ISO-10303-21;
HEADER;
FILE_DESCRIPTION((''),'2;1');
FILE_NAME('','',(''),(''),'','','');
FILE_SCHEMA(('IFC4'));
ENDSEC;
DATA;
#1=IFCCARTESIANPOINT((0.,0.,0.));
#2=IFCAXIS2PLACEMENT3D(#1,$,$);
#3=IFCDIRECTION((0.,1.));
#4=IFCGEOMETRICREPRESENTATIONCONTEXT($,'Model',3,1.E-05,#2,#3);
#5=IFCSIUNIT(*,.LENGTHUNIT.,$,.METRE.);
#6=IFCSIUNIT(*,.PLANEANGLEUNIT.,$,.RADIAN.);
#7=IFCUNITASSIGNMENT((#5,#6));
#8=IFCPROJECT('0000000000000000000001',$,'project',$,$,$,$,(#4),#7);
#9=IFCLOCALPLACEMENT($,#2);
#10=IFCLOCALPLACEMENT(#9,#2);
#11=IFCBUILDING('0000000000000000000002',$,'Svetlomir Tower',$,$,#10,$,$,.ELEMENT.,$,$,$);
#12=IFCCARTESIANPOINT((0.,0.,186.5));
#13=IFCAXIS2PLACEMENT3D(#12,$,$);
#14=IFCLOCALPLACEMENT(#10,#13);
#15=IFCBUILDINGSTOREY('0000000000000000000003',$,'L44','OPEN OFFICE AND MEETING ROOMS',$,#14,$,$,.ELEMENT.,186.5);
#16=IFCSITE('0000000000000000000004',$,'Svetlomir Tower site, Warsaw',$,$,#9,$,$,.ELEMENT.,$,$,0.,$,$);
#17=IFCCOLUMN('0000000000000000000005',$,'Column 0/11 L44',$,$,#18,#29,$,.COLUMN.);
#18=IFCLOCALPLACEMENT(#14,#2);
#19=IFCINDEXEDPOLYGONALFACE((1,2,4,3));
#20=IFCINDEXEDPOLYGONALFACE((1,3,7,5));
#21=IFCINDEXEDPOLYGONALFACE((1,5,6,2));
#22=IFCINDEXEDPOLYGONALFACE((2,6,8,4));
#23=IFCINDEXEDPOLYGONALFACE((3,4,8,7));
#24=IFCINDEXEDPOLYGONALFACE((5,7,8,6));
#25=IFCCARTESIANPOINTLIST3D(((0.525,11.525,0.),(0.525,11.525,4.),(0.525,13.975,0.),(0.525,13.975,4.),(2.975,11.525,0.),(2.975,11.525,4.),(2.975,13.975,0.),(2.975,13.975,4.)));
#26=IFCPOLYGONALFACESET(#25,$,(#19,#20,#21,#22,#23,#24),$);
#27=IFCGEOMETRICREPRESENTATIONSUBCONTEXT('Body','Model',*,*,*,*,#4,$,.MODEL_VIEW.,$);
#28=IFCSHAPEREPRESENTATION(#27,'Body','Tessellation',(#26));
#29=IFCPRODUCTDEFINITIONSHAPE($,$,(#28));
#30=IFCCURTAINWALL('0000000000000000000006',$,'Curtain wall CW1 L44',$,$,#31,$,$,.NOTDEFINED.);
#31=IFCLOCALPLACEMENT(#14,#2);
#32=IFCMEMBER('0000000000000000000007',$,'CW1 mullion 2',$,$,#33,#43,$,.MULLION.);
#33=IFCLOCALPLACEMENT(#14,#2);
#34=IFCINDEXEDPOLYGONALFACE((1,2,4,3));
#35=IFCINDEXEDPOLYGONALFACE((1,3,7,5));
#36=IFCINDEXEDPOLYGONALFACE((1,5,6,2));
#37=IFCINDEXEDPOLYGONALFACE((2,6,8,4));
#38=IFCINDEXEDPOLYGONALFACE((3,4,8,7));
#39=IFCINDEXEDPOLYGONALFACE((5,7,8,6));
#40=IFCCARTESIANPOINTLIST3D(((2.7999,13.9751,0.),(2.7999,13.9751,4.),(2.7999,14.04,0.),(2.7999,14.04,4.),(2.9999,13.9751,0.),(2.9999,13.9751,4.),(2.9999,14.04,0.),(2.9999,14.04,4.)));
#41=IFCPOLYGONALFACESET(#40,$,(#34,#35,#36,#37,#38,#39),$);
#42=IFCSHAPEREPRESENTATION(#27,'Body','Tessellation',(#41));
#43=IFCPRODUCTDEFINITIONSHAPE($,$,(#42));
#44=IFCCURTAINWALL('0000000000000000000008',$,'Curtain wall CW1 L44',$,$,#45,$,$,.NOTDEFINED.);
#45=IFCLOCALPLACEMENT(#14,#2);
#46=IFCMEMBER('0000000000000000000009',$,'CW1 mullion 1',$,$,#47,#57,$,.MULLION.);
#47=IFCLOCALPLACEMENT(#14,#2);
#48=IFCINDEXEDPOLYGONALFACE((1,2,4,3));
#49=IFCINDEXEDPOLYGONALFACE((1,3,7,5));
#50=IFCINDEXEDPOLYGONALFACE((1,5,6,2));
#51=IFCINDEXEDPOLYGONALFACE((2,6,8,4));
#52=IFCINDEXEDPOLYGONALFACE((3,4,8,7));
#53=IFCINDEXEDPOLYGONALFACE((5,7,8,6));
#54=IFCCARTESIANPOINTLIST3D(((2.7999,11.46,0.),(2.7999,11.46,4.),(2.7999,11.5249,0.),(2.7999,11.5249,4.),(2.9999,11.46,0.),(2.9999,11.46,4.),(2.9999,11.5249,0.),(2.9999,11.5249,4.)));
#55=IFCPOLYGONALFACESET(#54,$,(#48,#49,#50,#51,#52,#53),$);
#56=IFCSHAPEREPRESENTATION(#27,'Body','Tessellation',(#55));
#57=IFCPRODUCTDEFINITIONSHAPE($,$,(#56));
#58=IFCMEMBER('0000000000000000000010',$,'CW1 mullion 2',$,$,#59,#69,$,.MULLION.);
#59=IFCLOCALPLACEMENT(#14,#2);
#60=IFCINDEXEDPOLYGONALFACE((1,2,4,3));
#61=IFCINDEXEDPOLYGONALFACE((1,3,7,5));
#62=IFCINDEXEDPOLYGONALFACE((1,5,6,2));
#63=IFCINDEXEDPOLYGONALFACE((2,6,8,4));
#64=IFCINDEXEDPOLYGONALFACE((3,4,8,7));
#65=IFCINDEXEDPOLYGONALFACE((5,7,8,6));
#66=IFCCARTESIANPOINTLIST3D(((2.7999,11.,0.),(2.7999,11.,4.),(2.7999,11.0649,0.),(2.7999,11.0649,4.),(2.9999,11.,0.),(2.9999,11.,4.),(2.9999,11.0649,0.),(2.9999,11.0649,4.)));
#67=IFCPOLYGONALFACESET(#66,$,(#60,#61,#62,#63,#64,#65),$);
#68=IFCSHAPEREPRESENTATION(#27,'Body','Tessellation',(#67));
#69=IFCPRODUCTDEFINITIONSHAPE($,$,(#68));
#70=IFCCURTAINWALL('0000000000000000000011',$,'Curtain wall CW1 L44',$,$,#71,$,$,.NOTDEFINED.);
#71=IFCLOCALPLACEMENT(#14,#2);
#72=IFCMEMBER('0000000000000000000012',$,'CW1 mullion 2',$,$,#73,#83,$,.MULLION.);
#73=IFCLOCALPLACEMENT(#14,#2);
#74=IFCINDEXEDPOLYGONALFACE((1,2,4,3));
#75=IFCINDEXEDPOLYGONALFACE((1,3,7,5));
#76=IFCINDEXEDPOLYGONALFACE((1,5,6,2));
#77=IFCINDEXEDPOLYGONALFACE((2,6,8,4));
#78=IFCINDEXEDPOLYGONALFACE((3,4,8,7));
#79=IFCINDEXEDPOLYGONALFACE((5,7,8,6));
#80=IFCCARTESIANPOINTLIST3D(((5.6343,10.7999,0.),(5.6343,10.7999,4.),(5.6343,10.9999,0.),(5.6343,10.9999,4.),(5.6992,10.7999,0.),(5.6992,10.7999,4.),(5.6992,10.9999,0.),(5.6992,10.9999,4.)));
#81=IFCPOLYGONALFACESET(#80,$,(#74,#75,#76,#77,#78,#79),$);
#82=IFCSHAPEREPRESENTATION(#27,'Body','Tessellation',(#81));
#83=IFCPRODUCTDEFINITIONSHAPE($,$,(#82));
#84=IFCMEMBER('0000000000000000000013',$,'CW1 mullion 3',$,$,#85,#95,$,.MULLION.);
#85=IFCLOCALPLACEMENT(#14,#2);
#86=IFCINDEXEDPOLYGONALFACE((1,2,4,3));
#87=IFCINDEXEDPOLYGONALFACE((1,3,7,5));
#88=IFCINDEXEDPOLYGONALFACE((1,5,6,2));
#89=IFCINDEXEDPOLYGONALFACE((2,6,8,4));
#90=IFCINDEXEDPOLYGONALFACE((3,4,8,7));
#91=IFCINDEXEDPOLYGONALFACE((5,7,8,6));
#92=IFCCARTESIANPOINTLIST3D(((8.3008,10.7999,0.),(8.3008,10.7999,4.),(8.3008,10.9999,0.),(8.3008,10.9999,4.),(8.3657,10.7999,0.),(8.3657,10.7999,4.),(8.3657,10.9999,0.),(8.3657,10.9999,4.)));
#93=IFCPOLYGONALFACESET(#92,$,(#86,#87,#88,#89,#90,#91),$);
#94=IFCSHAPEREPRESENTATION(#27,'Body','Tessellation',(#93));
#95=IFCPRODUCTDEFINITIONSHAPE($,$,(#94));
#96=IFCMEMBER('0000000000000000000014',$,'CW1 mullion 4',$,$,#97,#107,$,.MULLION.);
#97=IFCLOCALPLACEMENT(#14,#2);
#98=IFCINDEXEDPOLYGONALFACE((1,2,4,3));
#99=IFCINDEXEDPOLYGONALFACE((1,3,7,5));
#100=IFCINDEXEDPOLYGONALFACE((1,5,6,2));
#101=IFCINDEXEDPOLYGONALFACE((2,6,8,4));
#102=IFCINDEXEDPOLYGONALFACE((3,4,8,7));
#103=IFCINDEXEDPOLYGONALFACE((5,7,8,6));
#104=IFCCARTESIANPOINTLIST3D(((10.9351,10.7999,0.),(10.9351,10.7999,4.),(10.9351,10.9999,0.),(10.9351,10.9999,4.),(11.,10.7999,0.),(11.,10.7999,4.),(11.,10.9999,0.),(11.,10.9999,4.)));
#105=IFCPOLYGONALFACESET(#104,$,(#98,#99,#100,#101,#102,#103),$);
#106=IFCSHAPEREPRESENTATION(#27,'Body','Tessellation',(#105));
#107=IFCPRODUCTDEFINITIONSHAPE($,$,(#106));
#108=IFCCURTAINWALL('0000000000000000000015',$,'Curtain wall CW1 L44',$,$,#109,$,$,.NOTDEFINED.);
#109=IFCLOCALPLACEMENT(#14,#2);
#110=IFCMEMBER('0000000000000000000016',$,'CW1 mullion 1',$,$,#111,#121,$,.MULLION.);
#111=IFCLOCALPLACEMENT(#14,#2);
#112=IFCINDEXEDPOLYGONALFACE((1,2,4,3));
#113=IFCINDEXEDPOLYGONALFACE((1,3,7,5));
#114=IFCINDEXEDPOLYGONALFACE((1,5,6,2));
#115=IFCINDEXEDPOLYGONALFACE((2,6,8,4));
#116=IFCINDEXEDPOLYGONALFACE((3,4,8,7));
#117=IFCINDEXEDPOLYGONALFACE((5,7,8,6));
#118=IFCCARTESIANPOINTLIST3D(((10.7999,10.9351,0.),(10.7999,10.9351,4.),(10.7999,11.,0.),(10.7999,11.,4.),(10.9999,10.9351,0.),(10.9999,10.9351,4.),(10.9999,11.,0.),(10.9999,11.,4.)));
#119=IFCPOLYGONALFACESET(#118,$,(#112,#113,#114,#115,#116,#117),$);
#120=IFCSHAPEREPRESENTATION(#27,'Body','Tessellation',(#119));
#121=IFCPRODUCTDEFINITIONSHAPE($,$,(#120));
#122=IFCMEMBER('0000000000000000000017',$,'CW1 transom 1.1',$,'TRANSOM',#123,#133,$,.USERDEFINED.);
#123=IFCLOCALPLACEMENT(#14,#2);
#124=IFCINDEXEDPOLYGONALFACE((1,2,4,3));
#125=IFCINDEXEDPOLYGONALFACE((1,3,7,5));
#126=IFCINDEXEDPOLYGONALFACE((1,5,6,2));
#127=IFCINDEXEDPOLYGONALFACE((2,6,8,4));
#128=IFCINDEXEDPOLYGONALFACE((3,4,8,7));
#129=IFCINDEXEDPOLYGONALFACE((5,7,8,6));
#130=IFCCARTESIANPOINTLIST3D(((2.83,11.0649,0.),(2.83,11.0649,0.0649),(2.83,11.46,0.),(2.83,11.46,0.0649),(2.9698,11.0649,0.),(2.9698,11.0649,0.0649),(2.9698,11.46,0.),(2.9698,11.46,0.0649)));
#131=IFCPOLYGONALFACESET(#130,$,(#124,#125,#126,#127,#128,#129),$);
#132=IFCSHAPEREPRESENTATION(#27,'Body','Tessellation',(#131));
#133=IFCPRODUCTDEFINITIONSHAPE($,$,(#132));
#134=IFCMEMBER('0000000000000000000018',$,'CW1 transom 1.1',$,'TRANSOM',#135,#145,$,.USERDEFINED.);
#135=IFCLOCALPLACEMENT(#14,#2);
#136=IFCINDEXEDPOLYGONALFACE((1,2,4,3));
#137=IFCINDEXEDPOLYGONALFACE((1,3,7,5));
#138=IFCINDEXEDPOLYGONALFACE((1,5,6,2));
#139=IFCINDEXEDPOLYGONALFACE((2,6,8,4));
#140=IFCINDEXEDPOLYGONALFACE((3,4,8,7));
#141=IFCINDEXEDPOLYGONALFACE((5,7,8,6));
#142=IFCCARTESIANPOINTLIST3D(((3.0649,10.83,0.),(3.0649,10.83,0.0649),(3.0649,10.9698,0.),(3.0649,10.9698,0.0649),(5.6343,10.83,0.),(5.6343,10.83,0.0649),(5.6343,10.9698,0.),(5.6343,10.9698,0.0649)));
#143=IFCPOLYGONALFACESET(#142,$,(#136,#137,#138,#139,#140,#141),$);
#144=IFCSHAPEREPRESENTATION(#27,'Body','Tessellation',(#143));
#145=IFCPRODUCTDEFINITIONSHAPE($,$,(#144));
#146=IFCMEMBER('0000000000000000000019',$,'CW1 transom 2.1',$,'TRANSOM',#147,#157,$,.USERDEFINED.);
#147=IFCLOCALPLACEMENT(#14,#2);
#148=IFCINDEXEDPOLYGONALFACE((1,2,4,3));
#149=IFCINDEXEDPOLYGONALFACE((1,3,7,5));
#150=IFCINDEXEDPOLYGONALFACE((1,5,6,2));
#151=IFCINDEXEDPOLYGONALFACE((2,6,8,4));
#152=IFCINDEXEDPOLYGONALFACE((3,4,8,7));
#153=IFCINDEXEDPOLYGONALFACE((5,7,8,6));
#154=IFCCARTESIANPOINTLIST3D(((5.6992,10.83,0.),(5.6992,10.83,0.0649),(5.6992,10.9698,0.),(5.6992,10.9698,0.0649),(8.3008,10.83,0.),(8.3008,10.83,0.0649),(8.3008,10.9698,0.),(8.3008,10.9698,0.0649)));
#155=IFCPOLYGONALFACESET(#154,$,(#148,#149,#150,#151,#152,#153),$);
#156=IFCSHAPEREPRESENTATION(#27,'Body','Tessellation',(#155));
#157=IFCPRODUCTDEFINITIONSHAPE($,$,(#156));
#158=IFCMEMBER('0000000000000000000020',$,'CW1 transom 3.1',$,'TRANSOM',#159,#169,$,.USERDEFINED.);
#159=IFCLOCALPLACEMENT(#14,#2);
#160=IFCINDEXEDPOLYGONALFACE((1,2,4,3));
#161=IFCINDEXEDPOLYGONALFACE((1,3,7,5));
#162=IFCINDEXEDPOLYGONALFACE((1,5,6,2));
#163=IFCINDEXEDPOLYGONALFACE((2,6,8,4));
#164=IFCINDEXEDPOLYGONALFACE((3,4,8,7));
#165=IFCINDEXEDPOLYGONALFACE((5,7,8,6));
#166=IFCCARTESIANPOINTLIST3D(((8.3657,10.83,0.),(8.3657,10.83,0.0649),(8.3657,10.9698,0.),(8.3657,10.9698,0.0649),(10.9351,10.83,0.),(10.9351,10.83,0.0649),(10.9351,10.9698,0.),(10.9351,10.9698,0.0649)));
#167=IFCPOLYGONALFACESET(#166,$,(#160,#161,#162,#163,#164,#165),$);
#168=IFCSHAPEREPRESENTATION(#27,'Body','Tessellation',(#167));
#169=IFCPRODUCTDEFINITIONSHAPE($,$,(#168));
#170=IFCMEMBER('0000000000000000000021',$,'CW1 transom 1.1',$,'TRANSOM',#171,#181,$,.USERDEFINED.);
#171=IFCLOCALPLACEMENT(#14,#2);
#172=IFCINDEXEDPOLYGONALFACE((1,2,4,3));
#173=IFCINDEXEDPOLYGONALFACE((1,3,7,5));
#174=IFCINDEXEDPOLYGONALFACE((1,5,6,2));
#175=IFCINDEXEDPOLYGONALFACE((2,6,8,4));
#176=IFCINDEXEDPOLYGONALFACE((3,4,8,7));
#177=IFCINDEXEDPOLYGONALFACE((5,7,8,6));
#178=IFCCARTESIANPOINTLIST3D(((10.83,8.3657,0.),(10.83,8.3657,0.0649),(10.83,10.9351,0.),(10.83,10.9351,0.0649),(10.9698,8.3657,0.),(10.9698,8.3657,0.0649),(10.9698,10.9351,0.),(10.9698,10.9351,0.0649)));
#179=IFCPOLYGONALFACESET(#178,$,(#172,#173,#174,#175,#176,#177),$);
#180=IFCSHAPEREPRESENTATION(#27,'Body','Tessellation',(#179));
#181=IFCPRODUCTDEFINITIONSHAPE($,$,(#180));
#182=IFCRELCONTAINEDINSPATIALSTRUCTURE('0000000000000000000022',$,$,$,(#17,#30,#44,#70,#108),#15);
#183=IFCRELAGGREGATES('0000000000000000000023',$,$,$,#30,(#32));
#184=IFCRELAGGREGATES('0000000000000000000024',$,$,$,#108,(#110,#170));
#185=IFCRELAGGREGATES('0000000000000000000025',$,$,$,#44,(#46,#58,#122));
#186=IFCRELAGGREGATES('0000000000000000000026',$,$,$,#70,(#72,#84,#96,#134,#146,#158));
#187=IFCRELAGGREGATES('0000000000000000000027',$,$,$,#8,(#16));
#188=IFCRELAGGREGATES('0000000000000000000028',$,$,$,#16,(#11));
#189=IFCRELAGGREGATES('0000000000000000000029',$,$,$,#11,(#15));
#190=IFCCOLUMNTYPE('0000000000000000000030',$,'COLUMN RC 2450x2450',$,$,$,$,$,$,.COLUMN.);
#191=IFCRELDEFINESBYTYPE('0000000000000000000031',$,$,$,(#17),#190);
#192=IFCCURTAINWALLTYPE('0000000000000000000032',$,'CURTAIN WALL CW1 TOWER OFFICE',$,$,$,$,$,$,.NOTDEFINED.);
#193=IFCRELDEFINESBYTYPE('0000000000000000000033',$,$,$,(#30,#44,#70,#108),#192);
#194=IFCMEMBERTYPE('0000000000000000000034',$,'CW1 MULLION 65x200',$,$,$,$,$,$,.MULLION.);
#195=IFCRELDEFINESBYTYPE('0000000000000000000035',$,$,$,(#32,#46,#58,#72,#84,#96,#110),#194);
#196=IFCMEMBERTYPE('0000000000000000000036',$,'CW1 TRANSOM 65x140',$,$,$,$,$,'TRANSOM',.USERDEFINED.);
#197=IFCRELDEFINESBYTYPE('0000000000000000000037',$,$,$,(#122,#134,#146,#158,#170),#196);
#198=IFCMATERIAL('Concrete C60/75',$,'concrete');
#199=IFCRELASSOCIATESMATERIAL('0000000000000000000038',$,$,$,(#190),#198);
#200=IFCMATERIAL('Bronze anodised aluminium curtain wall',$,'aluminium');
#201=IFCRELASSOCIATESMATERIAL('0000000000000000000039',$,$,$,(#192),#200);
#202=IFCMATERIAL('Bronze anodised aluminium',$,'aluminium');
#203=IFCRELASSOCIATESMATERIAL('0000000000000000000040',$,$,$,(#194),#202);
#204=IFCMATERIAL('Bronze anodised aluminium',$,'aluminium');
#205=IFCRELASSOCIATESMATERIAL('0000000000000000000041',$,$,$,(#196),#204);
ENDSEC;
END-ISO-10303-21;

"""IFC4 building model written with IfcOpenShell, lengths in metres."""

from ifc_helpers import new_model, si_unit, direction, frame, origin, origin_2d, place, context, subcontext, project, spatial, rectangle, extrude, material, material_profile, profile_set, type_object, element, aggregate, save


model = new_model("IFC4")

# Units and contexts
model_context = context("Model", 3, precision=1e-05, world=origin(), true_north=direction((0.0, 1.0)))
body_context = subcontext(model_context, "Body", "Model", "MODEL_VIEW")
ifc_project = project(units=[si_unit("LENGTHUNIT", "METRE"), si_unit("PLANEANGLEUNIT", "RADIAN")], contexts=[model_context])

# Site, building, storey
site_placement = place(None, origin())
site = spatial("IfcSite", under=ifc_project, at=site_placement, Name="Svetlomir Tower site, Warsaw", CompositionType="ELEMENT", RefElevation=0.0)
building_placement = place(site_placement, origin())
building = spatial("IfcBuilding", under=site, at=building_placement, Name="Svetlomir Tower", CompositionType="ELEMENT")
storey_placement = place(building_placement, frame((0.0, 0.0, 186.5)))
storey = spatial("IfcBuildingStorey", under=building, at=storey_placement, Name="L44", Description="OPEN OFFICE AND MEETING ROOMS", CompositionType="ELEMENT", Elevation=186.5)

# Column
ifc_material_1 = material(Name="Concrete C60/75", Category="concrete")
ifc_material_profile_1 = material_profile(ifc_material_1, rectangle(XDim=2.45, YDim=2.45, at=origin_2d()), Name="RC 2450x2450")
ifc_profile_set_1 = profile_set([ifc_material_profile_1], Name="Concrete C60/75")
column_type = type_object("IfcColumnType", Name="COLUMN RC 2450x2450", PredefinedType="COLUMN", material=ifc_profile_set_1)
column_placement = place(storey_placement, frame((1.75, 12.75, 0.0), z_axis=(0.0, 0.0, 1.0), x_axis=(1.0, 0.0, 0.0)))
element("IfcColumn", 1, at=column_placement, inside=storey, type_object=column_type, Name="Column 0/11 L44", PredefinedType="COLUMN", context=body_context, shape_type="SweptSolid", body=[
    extrude(rectangle(XDim=2.45, YDim=2.45, at=origin_2d()), origin(), (0.0, 0.0, 1.0), 4.0),
])

# Curtain wall, member
ifc_material_2 = material(Name="Bronze anodised aluminium curtain wall", Category="aluminium")
curtain_wall_type = type_object("IfcCurtainWallType", Name="CURTAIN WALL CW1 TOWER OFFICE", PredefinedType="NOTDEFINED", material=ifc_material_2)
curtain_wall_1_placement = place(storey_placement, origin())
curtain_wall_1 = element("IfcCurtainWall", 2, at=curtain_wall_1_placement, inside=storey, type_object=curtain_wall_type, Name="Curtain wall CW1 L44", PredefinedType="NOTDEFINED")
ifc_material_3 = material(Name="Bronze anodised aluminium", Category="aluminium")
ifc_material_profile_2 = material_profile(ifc_material_3, rectangle(XDim=0.0649, YDim=0.2, at=origin_2d()), Name="AL 65x200")
ifc_profile_set_2 = profile_set([ifc_material_profile_2], Name="Bronze anodised aluminium 6063-T6")
member_type_1 = type_object("IfcMemberType", Name="CW1 MULLION 65x200", PredefinedType="MULLION", material=ifc_profile_set_2)
member_1_placement = place(storey_placement, frame((2.8999, 14.0076, 0.0), z_axis=(0.0, 0.0, 1.0), x_axis=(0.0, -1.0, 0.0)))
member_1 = element("IfcMember", 3, at=member_1_placement, type_object=member_type_1, Name="CW1 mullion 2", PredefinedType="MULLION", context=body_context, shape_type="SweptSolid", body=[
    extrude(rectangle(XDim=0.0649, YDim=0.2, at=origin_2d()), origin(), (0.0, 0.0, 1.0), 4.0),
])
aggregate(curtain_wall_1, [member_1])

# Curtain walls, members
curtain_wall_2_placement = place(storey_placement, origin())
curtain_wall_2 = element("IfcCurtainWall", 4, at=curtain_wall_2_placement, inside=storey, type_object=curtain_wall_type, Name="Curtain wall CW1 L44", PredefinedType="NOTDEFINED")
member_2_placement = place(storey_placement, frame((2.8999, 11.4924, 0.0), z_axis=(0.0, 0.0, 1.0), x_axis=(0.0, -1.0, 0.0)))
member_2 = element("IfcMember", 5, at=member_2_placement, type_object=member_type_1, Name="CW1 mullion 1", PredefinedType="MULLION", context=body_context, shape_type="SweptSolid", body=[
    extrude(rectangle(XDim=0.0649, YDim=0.2, at=origin_2d()), origin(), (0.0, 0.0, 1.0), 4.0),
])
member_3_placement = place(storey_placement, frame((2.8999, 11.0325, 0.0), z_axis=(0.0, 0.0, 1.0), x_axis=(0.0, -1.0, 0.0)))
member_3 = element("IfcMember", 6, at=member_3_placement, type_object=member_type_1, Name="CW1 mullion 2", PredefinedType="MULLION", context=body_context, shape_type="SweptSolid", body=[
    extrude(rectangle(XDim=0.0649, YDim=0.2, at=origin_2d()), origin(), (0.0, 0.0, 1.0), 4.0),
])
curtain_wall_3_placement = place(storey_placement, origin())
curtain_wall_3 = element("IfcCurtainWall", 7, at=curtain_wall_3_placement, inside=storey, type_object=curtain_wall_type, Name="Curtain wall CW1 L44", PredefinedType="NOTDEFINED")
member_4_placement = place(storey_placement, frame((5.6667, 10.8999, 0.0), z_axis=(0.0, 0.0, 1.0), x_axis=(1.0, 0.0, 0.0)))
member_4 = element("IfcMember", 8, at=member_4_placement, type_object=member_type_1, Name="CW1 mullion 2", PredefinedType="MULLION", context=body_context, shape_type="SweptSolid", body=[
    extrude(rectangle(XDim=0.0649, YDim=0.2, at=origin_2d()), origin(), (0.0, 0.0, 1.0), 4.0),
])
member_5_placement = place(storey_placement, frame((8.3333, 10.8999, 0.0), z_axis=(0.0, 0.0, 1.0), x_axis=(1.0, 0.0, 0.0)))
member_5 = element("IfcMember", 9, at=member_5_placement, type_object=member_type_1, Name="CW1 mullion 3", PredefinedType="MULLION", context=body_context, shape_type="SweptSolid", body=[
    extrude(rectangle(XDim=0.0649, YDim=0.2, at=origin_2d()), origin(), (0.0, 0.0, 1.0), 4.0),
])
member_6_placement = place(storey_placement, frame((10.9675, 10.8999, 0.0), z_axis=(0.0, 0.0, 1.0), x_axis=(1.0, 0.0, 0.0)))
member_6 = element("IfcMember", 10, at=member_6_placement, type_object=member_type_1, Name="CW1 mullion 4", PredefinedType="MULLION", context=body_context, shape_type="SweptSolid", body=[
    extrude(rectangle(XDim=0.0649, YDim=0.2, at=origin_2d()), origin(), (0.0, 0.0, 1.0), 4.0),
])

# Curtain wall, member
curtain_wall_4_placement = place(storey_placement, origin())
curtain_wall_4 = element("IfcCurtainWall", 11, at=curtain_wall_4_placement, inside=storey, type_object=curtain_wall_type, Name="Curtain wall CW1 L44", PredefinedType="NOTDEFINED")
member_7_placement = place(storey_placement, frame((10.8999, 10.9675, 0.0), z_axis=(0.0, 0.0, 1.0), x_axis=(0.0, -1.0, 0.0)))
member_7 = element("IfcMember", 12, at=member_7_placement, type_object=member_type_1, Name="CW1 mullion 1", PredefinedType="MULLION", context=body_context, shape_type="SweptSolid", body=[
    extrude(rectangle(XDim=0.0649, YDim=0.2, at=origin_2d()), origin(), (0.0, 0.0, 1.0), 4.0),
])

# Members
ifc_material_4 = material(Name="Bronze anodised aluminium", Category="aluminium")
ifc_material_profile_3 = material_profile(ifc_material_4, rectangle(XDim=0.1399, YDim=0.0649, at=origin_2d()), Name="AL 140x65")
ifc_profile_set_3 = profile_set([ifc_material_profile_3], Name="Bronze anodised aluminium 6063-T6")
member_type_2 = type_object("IfcMemberType", Name="CW1 TRANSOM 65x140", ElementType="TRANSOM", PredefinedType="USERDEFINED", material=ifc_profile_set_3)
member_8_placement = place(storey_placement, frame((2.8999, 11.46, 0.0325), z_axis=(0.0, -1.0, 0.0), x_axis=(1.0, 0.0, 0.0)))
member_8 = element("IfcMember", 13, at=member_8_placement, type_object=member_type_2, Name="CW1 transom 1.1", ObjectType="TRANSOM", PredefinedType="USERDEFINED", context=body_context, shape_type="SweptSolid", body=[
    extrude(rectangle(XDim=0.1399, YDim=0.0649, at=origin_2d()), origin(), (0.0, 0.0, 1.0), 0.395),
])
member_9_placement = place(storey_placement, frame((3.0649, 10.8999, 0.0325), z_axis=(1.0, 0.0, 0.0), x_axis=(0.0, 1.0, 0.0)))
member_9 = element("IfcMember", 14, at=member_9_placement, type_object=member_type_2, Name="CW1 transom 1.1", ObjectType="TRANSOM", PredefinedType="USERDEFINED", context=body_context, shape_type="SweptSolid", body=[
    extrude(rectangle(XDim=0.1399, YDim=0.0649, at=origin_2d()), origin(), (0.0, 0.0, 1.0), 2.5693),
])
member_10_placement = place(storey_placement, frame((5.6992, 10.8999, 0.0325), z_axis=(1.0, 0.0, 0.0), x_axis=(0.0, 1.0, 0.0)))
member_10 = element("IfcMember", 15, at=member_10_placement, type_object=member_type_2, Name="CW1 transom 2.1", ObjectType="TRANSOM", PredefinedType="USERDEFINED", context=body_context, shape_type="SweptSolid", body=[
    extrude(rectangle(XDim=0.1399, YDim=0.0649, at=origin_2d()), origin(), (0.0, 0.0, 1.0), 2.6016),
])
member_11_placement = place(storey_placement, frame((8.3657, 10.8999, 0.0325), z_axis=(1.0, 0.0, 0.0), x_axis=(0.0, 1.0, 0.0)))
member_11 = element("IfcMember", 16, at=member_11_placement, type_object=member_type_2, Name="CW1 transom 3.1", ObjectType="TRANSOM", PredefinedType="USERDEFINED", context=body_context, shape_type="SweptSolid", body=[
    extrude(rectangle(XDim=0.1399, YDim=0.0649, at=origin_2d()), origin(), (0.0, 0.0, 1.0), 2.5693),
])
member_12_placement = place(storey_placement, frame((10.8999, 10.9351, 0.0325), z_axis=(0.0, -1.0, 0.0), x_axis=(1.0, 0.0, 0.0)))
member_12 = element("IfcMember", 17, at=member_12_placement, type_object=member_type_2, Name="CW1 transom 1.1", ObjectType="TRANSOM", PredefinedType="USERDEFINED", context=body_context, shape_type="SweptSolid", body=[
    extrude(rectangle(XDim=0.1399, YDim=0.0649, at=origin_2d()), origin(), (0.0, 0.0, 1.0), 2.5693),
])
aggregate(curtain_wall_4, [member_7, member_12])

aggregate(curtain_wall_2, [member_2, member_3, member_8])
aggregate(curtain_wall_3, [member_4, member_5, member_6, member_9, member_10, member_11])

save(model, "model.ifc")
